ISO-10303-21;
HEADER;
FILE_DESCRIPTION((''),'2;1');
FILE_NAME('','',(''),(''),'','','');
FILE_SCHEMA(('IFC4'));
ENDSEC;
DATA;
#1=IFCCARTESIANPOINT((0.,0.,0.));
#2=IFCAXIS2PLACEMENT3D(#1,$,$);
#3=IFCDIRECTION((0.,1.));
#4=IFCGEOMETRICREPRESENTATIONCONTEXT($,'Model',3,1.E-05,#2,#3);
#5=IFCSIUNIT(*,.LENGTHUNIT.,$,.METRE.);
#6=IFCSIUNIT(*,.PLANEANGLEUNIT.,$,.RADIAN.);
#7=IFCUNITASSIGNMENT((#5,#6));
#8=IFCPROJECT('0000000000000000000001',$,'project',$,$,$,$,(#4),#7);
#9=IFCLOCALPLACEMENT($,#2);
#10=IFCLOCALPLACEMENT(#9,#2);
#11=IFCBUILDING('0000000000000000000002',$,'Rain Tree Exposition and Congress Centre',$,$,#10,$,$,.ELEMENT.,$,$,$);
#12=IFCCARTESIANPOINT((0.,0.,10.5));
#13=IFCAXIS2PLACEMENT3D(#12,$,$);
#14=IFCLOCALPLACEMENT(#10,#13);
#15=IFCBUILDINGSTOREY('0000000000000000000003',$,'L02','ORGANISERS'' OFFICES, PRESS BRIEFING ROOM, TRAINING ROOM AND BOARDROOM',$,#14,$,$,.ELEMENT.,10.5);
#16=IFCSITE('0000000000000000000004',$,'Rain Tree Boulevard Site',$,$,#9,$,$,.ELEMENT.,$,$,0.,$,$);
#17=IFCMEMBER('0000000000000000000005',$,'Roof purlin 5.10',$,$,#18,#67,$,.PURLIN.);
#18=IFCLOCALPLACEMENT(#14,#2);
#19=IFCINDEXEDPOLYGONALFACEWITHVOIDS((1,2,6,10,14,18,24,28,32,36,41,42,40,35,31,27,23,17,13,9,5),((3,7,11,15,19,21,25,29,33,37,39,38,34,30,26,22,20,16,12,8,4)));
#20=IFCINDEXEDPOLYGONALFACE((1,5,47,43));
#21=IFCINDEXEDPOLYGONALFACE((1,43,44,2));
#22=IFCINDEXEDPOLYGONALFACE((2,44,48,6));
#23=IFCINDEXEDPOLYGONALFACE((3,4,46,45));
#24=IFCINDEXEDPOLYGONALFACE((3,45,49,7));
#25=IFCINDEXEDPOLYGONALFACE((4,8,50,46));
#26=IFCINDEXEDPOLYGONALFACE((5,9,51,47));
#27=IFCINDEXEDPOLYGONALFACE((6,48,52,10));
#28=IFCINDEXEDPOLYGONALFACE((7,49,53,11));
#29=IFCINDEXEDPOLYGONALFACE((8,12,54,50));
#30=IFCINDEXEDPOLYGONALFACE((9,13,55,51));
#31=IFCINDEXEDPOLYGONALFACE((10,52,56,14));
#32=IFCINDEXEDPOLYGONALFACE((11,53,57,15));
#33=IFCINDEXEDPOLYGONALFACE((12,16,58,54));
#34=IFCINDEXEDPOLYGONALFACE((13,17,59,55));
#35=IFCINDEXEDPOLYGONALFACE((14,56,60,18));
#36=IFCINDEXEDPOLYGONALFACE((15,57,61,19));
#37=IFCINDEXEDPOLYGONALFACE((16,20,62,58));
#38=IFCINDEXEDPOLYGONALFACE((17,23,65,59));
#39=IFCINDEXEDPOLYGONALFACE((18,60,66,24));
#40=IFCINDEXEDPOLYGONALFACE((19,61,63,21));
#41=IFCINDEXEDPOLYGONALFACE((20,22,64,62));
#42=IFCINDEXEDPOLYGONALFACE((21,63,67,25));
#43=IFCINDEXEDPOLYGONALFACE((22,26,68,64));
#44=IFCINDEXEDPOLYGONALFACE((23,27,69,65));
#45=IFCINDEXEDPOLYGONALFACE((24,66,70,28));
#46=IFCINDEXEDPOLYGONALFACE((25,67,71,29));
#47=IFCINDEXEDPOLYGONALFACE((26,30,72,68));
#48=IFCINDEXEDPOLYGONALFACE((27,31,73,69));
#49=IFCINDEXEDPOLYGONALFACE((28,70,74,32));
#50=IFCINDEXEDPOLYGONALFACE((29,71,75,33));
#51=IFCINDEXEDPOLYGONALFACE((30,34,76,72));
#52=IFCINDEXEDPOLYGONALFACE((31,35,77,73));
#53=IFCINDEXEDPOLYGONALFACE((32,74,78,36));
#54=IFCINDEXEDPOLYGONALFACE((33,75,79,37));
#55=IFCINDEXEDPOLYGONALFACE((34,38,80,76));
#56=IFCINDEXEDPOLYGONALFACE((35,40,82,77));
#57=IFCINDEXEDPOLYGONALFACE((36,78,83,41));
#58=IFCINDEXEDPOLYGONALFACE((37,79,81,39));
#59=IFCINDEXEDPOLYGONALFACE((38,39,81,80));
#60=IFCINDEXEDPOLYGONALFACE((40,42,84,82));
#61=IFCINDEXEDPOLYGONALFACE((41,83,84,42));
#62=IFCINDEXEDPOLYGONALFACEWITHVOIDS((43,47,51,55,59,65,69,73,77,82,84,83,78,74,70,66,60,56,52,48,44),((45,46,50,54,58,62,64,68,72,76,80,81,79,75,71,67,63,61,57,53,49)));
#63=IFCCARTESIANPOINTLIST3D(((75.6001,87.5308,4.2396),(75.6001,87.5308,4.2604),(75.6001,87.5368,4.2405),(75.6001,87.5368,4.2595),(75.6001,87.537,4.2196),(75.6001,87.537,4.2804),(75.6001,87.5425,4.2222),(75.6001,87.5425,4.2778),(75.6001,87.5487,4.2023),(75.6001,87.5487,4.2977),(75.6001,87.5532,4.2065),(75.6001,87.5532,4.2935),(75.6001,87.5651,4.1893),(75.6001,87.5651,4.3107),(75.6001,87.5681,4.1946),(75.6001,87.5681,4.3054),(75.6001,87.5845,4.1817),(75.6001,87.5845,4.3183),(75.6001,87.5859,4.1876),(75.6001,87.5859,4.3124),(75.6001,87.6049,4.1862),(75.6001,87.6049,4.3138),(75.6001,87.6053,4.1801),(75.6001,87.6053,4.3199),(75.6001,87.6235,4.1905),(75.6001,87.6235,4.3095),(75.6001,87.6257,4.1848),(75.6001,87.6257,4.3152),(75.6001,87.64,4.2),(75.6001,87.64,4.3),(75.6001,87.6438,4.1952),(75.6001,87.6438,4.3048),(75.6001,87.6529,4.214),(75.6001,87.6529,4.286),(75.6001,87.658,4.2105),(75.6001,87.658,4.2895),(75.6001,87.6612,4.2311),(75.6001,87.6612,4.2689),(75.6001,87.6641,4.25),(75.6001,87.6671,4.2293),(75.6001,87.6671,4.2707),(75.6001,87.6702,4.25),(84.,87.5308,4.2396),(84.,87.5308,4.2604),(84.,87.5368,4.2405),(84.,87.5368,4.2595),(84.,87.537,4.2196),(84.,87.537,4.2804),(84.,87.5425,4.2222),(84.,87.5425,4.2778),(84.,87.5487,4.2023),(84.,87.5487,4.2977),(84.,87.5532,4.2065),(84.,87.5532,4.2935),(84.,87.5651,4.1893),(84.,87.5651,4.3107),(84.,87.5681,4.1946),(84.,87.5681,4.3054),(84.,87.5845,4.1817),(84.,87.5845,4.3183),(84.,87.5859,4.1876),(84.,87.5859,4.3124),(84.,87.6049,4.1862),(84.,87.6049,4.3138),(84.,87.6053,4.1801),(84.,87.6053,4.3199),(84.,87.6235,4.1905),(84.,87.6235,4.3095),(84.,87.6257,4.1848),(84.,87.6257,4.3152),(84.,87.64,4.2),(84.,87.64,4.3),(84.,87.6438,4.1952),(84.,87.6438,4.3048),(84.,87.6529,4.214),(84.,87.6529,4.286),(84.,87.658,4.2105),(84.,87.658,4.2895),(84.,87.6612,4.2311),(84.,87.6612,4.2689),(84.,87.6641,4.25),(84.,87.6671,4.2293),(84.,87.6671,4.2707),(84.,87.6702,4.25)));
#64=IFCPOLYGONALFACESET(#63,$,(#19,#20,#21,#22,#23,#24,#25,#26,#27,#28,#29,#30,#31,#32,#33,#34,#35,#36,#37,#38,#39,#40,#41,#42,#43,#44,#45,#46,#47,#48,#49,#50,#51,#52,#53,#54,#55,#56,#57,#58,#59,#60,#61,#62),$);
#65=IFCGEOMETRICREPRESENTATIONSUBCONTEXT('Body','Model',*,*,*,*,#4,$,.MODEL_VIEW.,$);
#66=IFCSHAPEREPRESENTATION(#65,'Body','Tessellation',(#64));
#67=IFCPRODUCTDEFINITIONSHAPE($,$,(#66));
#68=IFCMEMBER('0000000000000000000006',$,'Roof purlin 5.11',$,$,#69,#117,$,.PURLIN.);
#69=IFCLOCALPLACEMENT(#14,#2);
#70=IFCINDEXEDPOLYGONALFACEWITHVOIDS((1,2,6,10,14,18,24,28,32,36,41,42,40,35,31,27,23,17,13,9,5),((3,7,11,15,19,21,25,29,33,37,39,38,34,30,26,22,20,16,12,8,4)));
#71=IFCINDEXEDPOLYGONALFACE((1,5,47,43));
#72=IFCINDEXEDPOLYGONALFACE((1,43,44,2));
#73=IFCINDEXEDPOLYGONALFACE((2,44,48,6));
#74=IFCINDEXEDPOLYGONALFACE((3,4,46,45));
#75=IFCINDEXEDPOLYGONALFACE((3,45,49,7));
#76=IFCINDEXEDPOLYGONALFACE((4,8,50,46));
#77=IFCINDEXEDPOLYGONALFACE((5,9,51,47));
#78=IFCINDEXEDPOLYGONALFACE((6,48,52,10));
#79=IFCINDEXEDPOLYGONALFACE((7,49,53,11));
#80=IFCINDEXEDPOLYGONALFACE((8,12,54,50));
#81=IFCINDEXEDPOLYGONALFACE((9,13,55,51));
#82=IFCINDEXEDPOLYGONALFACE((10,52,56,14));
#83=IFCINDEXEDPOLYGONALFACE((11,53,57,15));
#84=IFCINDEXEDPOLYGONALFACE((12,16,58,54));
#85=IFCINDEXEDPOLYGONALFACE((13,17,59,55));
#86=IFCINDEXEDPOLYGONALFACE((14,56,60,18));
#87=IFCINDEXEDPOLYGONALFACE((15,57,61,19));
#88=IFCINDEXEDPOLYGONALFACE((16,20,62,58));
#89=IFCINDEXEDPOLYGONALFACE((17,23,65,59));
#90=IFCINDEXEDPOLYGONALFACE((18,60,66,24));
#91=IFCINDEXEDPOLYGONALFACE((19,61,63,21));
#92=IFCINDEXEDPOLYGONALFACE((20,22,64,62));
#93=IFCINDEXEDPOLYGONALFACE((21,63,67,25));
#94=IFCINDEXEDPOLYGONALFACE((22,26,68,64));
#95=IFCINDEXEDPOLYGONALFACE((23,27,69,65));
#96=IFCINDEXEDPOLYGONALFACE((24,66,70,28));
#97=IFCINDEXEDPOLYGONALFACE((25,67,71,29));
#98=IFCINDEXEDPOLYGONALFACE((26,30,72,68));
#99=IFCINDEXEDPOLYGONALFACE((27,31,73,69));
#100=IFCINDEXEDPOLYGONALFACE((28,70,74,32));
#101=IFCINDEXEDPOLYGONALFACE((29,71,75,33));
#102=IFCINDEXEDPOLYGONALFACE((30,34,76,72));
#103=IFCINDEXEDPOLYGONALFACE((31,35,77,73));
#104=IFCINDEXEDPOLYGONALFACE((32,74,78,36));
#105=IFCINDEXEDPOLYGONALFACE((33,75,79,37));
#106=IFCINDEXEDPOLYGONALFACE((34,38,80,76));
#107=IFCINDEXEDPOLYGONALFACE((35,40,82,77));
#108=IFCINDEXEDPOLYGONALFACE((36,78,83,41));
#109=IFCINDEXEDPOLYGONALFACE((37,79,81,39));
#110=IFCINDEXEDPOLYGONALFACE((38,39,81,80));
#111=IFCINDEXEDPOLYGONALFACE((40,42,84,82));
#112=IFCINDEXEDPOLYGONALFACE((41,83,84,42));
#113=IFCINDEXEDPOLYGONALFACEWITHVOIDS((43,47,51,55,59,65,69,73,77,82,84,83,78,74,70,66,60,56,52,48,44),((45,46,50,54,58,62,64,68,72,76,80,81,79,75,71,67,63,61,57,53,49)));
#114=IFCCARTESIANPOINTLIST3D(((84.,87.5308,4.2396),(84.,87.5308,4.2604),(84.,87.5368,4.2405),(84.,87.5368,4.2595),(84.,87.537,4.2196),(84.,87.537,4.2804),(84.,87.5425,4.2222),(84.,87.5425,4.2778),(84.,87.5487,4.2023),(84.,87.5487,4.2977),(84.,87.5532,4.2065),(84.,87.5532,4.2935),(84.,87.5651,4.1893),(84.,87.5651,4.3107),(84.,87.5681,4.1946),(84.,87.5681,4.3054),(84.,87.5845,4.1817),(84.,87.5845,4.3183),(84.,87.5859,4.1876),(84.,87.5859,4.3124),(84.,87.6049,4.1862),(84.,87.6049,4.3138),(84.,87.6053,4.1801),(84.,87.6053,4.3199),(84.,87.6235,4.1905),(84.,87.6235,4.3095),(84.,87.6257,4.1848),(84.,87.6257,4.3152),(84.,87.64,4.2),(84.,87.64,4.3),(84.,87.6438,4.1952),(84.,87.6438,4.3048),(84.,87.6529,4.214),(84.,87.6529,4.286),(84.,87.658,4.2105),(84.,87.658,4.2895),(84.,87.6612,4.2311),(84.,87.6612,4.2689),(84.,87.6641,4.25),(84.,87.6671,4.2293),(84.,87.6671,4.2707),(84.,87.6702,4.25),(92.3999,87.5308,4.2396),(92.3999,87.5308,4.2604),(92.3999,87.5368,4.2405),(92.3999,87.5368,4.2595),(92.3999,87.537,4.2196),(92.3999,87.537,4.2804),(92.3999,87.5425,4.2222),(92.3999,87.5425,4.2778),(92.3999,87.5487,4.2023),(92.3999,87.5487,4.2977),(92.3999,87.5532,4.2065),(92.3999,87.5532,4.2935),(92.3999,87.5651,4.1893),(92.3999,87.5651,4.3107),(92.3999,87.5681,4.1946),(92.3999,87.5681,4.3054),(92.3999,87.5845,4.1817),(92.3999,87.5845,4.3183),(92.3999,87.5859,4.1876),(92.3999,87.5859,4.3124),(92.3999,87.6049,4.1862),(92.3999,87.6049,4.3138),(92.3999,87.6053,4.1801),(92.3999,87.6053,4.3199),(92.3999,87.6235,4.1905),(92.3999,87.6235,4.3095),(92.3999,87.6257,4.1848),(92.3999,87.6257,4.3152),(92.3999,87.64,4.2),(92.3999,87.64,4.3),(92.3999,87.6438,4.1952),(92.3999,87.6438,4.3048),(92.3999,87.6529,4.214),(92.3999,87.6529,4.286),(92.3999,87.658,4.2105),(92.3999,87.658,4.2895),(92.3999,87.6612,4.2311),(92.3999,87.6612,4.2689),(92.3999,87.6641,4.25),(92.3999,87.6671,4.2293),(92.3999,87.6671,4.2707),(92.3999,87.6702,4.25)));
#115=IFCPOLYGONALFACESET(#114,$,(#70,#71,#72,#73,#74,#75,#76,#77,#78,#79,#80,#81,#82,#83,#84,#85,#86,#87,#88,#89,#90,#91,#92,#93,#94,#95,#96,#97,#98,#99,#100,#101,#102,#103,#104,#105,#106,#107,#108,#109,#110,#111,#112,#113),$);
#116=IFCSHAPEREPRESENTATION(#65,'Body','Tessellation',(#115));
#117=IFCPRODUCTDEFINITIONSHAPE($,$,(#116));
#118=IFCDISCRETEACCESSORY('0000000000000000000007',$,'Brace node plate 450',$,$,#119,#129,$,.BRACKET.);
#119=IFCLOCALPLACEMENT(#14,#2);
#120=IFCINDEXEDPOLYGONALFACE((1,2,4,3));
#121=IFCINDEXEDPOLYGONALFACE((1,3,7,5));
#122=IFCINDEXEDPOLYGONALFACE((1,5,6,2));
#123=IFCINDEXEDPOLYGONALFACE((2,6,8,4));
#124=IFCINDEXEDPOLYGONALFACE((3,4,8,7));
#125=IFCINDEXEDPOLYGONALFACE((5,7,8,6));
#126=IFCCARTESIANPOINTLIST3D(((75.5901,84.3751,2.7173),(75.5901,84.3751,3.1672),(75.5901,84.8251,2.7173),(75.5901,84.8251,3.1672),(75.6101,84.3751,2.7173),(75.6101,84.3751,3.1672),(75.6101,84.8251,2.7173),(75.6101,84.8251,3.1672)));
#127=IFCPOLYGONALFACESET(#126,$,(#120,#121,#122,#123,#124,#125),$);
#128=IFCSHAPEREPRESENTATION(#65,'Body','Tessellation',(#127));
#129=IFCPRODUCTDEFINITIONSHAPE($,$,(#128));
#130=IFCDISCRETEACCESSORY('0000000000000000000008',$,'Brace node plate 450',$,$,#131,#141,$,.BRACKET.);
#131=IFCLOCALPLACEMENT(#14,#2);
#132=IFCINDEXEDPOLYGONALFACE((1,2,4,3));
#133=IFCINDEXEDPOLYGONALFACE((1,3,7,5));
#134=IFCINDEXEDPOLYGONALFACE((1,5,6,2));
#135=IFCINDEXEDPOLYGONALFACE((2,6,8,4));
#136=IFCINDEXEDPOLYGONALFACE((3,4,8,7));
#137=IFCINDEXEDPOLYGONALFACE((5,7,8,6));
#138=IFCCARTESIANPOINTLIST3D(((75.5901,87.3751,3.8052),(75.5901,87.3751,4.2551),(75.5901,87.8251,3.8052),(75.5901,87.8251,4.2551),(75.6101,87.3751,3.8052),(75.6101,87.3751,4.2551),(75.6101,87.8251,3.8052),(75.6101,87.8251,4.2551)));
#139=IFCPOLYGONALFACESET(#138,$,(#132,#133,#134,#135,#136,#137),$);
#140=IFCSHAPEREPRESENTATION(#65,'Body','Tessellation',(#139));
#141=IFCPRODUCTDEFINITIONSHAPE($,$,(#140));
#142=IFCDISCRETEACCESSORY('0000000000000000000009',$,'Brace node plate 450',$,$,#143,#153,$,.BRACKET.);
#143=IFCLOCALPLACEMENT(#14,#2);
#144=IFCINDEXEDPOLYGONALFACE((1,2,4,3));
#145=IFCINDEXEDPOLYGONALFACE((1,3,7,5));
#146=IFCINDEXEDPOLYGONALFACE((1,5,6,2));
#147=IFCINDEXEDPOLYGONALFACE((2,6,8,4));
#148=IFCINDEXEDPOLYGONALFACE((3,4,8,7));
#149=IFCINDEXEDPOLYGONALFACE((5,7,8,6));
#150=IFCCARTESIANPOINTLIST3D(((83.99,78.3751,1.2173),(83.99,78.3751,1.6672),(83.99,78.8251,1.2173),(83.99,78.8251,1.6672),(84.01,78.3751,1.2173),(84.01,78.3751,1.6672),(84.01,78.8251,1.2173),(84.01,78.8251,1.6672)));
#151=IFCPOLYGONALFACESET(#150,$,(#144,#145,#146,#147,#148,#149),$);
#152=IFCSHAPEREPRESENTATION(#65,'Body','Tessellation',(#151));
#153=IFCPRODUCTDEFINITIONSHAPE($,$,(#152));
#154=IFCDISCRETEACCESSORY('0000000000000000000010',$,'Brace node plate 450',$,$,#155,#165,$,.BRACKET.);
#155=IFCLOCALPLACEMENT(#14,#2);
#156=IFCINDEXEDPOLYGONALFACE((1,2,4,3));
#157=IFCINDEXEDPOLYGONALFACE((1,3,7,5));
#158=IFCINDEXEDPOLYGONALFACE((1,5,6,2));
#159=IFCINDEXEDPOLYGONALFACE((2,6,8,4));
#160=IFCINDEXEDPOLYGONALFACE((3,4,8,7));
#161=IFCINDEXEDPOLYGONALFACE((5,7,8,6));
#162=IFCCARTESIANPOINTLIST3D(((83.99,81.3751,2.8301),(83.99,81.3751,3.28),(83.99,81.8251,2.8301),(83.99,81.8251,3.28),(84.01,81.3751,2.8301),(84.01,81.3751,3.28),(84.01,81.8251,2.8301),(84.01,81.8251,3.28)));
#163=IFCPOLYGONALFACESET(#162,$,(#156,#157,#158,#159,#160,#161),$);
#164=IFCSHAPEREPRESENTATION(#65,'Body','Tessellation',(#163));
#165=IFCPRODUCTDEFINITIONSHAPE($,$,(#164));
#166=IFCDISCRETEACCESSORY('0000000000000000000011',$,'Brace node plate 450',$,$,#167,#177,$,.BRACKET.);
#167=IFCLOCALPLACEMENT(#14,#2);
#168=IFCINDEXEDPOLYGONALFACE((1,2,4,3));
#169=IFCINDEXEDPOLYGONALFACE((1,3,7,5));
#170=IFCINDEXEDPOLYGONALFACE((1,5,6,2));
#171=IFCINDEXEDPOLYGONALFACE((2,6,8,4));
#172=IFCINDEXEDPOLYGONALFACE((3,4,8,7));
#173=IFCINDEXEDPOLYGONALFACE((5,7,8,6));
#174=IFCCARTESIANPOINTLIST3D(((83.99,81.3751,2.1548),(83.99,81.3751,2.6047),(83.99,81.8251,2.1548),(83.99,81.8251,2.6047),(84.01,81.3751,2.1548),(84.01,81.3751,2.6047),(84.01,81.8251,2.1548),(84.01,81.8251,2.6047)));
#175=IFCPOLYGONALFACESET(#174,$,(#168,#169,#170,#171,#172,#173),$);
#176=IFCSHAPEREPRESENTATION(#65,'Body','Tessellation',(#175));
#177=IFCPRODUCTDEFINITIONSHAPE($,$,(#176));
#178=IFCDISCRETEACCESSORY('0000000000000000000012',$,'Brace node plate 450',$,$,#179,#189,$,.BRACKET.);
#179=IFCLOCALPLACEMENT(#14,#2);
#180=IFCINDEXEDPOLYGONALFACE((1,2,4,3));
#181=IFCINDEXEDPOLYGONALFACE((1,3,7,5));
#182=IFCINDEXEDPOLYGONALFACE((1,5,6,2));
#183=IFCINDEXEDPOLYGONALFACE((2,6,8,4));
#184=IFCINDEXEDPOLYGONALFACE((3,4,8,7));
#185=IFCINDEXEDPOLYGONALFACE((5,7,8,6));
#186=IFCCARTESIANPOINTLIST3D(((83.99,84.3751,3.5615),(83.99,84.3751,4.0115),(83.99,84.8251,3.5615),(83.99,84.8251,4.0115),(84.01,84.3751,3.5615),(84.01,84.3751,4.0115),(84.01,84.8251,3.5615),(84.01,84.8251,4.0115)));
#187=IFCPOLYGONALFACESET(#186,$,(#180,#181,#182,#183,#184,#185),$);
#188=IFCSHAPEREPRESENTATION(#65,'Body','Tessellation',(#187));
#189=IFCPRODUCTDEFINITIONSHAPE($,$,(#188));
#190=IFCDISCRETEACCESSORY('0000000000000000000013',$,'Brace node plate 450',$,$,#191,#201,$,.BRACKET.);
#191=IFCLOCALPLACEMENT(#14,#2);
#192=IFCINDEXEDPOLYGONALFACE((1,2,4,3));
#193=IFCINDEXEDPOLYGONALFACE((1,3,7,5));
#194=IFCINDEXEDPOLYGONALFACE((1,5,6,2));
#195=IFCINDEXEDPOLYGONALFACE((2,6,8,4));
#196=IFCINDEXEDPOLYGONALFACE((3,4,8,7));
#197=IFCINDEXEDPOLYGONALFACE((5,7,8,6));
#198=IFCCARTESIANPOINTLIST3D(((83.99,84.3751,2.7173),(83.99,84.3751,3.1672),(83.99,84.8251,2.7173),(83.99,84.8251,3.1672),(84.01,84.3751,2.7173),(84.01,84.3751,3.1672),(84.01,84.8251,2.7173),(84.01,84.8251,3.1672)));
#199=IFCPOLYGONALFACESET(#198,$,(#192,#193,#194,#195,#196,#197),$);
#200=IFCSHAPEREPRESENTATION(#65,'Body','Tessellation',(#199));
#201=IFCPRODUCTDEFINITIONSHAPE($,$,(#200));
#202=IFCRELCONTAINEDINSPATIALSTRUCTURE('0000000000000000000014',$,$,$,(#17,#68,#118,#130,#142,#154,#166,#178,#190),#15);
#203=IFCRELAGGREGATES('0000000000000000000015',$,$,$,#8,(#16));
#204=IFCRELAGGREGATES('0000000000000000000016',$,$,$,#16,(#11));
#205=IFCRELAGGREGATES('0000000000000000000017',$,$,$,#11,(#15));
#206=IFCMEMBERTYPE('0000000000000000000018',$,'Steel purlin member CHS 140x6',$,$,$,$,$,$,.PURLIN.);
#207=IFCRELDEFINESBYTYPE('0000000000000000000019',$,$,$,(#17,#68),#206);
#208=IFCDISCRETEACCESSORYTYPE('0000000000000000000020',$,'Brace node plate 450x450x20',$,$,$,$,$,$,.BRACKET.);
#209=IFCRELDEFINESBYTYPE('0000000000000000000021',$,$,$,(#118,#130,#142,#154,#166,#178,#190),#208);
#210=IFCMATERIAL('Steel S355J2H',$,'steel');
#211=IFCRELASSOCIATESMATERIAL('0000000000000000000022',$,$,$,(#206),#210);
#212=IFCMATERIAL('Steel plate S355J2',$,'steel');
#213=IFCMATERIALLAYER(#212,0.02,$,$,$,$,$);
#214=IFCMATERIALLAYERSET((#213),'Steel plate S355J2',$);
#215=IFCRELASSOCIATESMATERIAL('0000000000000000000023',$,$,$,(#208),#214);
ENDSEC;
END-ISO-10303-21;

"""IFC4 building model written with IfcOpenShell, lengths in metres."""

from ifc_helpers import new_model, si_unit, direction, frame, origin, origin_2d, place, context, subcontext, project, spatial, rectangle, hollow_circle, extrude, material, layer, layer_set, material_profile, profile_set, type_object, element, save


model = new_model("IFC4")

# Units and contexts
model_context = context("Model", 3, precision=1e-05, world=origin(), true_north=direction((0.0, 1.0)))
body_context = subcontext(model_context, "Body", "Model", "MODEL_VIEW")
ifc_project = project(units=[si_unit("LENGTHUNIT", "METRE"), si_unit("PLANEANGLEUNIT", "RADIAN")], contexts=[model_context])

# Site, building, storey
site_placement = place(None, origin())
site = spatial("IfcSite", under=ifc_project, at=site_placement, Name="Rain Tree Boulevard Site", CompositionType="ELEMENT", RefElevation=0.0)
building_placement = place(site_placement, origin())
building = spatial("IfcBuilding", under=site, at=building_placement, Name="Rain Tree Exposition and Congress Centre", CompositionType="ELEMENT")
storey_placement = place(building_placement, frame((0.0, 0.0, 10.5)))
storey = spatial("IfcBuildingStorey", under=building, at=storey_placement, Name="L02", Description="ORGANISERS' OFFICES, PRESS BRIEFING ROOM, TRAINING ROOM AND BOARDROOM", CompositionType="ELEMENT", Elevation=10.5)

# Members
ifc_material_1 = material(Name="Steel S355J2H", Category="steel")
ifc_material_profile_1 = material_profile(ifc_material_1, hollow_circle(Radius=0.0701, WallThickness=0.0061, at=origin_2d()), Name="CHS 140x6")
ifc_profile_set_1 = profile_set([ifc_material_profile_1], Name="Steel S355J2H")
member_type_1 = type_object("IfcMemberType", Name="Steel purlin member CHS 140x6", PredefinedType="PURLIN", material=ifc_profile_set_1)
for number, where, z_axis, x_axis, name in (
    (1, (75.6001, 87.6001, 4.25), (1.0, 0.0, 0.0), (0.0, 1.0, 0.0), "Roof purlin 5.10"),
    (2, (84.0, 87.6001, 4.25), (1.0, 0.0, 0.0), (0.0, 1.0, 0.0), "Roof purlin 5.11"),
):
    element("IfcMember", number, at=place(storey_placement, frame(where, z_axis=z_axis, x_axis=x_axis)), inside=storey, type_object=member_type_1, Name=name, PredefinedType="PURLIN", context=body_context, shape_type="SweptSolid", body=[
        extrude(hollow_circle(Radius=0.0701, WallThickness=0.0061, at=origin_2d()), origin(), (0.0, 0.0, 1.0), 8.3999),
    ])

# Discrete accessories
ifc_material_2 = material(Name="Steel plate S355J2", Category="steel")
ifc_layer = layer(ifc_material_2, 0.02)
ifc_layer_set = layer_set([ifc_layer], Name="Steel plate S355J2")
discrete_accessory_type = type_object("IfcDiscreteAccessoryType", Name="Brace node plate 450x450x20", PredefinedType="BRACKET", material=ifc_layer_set)
for number, where, z_axis, x_axis, name in (
    (3, (75.6001, 84.6001, 2.7173), (0.0, 0.0, 1.0), (0.0, 1.0, 0.0), "Brace node plate 450"),
    (4, (75.6001, 87.6001, 3.8052), (0.0, 0.0, 1.0), (0.0, 1.0, 0.0), "Brace node plate 450"),
    (5, (84.0, 78.6001, 1.2173), (0.0, 0.0, 1.0), (0.0, 1.0, 0.0), "Brace node plate 450"),
    (6, (84.0, 81.6001, 2.8301), (0.0, 0.0, 1.0), (0.0, -1.0, 0.0), "Brace node plate 450"),
    (7, (84.0, 81.6001, 2.1548), (0.0, 0.0, 1.0), (0.0, 1.0, 0.0), "Brace node plate 450"),
    (8, (84.0, 84.6001, 3.5615), (0.0, 0.0, 1.0), (0.0, -1.0, 0.0), "Brace node plate 450"),
    (9, (84.0, 84.6001, 2.7173), (0.0, 0.0, 1.0), (0.0, 1.0, 0.0), "Brace node plate 450"),
):
    element("IfcDiscreteAccessory", number, at=place(storey_placement, frame(where, z_axis=z_axis, x_axis=x_axis)), inside=storey, type_object=discrete_accessory_type, Name=name, PredefinedType="BRACKET", context=body_context, shape_type="SweptSolid", body=[
        extrude(rectangle(XDim=0.45, YDim=0.02, at=origin_2d()), origin(), (0.0, 0.0, 1.0), 0.45),
    ])

save(model, "model.ifc")
